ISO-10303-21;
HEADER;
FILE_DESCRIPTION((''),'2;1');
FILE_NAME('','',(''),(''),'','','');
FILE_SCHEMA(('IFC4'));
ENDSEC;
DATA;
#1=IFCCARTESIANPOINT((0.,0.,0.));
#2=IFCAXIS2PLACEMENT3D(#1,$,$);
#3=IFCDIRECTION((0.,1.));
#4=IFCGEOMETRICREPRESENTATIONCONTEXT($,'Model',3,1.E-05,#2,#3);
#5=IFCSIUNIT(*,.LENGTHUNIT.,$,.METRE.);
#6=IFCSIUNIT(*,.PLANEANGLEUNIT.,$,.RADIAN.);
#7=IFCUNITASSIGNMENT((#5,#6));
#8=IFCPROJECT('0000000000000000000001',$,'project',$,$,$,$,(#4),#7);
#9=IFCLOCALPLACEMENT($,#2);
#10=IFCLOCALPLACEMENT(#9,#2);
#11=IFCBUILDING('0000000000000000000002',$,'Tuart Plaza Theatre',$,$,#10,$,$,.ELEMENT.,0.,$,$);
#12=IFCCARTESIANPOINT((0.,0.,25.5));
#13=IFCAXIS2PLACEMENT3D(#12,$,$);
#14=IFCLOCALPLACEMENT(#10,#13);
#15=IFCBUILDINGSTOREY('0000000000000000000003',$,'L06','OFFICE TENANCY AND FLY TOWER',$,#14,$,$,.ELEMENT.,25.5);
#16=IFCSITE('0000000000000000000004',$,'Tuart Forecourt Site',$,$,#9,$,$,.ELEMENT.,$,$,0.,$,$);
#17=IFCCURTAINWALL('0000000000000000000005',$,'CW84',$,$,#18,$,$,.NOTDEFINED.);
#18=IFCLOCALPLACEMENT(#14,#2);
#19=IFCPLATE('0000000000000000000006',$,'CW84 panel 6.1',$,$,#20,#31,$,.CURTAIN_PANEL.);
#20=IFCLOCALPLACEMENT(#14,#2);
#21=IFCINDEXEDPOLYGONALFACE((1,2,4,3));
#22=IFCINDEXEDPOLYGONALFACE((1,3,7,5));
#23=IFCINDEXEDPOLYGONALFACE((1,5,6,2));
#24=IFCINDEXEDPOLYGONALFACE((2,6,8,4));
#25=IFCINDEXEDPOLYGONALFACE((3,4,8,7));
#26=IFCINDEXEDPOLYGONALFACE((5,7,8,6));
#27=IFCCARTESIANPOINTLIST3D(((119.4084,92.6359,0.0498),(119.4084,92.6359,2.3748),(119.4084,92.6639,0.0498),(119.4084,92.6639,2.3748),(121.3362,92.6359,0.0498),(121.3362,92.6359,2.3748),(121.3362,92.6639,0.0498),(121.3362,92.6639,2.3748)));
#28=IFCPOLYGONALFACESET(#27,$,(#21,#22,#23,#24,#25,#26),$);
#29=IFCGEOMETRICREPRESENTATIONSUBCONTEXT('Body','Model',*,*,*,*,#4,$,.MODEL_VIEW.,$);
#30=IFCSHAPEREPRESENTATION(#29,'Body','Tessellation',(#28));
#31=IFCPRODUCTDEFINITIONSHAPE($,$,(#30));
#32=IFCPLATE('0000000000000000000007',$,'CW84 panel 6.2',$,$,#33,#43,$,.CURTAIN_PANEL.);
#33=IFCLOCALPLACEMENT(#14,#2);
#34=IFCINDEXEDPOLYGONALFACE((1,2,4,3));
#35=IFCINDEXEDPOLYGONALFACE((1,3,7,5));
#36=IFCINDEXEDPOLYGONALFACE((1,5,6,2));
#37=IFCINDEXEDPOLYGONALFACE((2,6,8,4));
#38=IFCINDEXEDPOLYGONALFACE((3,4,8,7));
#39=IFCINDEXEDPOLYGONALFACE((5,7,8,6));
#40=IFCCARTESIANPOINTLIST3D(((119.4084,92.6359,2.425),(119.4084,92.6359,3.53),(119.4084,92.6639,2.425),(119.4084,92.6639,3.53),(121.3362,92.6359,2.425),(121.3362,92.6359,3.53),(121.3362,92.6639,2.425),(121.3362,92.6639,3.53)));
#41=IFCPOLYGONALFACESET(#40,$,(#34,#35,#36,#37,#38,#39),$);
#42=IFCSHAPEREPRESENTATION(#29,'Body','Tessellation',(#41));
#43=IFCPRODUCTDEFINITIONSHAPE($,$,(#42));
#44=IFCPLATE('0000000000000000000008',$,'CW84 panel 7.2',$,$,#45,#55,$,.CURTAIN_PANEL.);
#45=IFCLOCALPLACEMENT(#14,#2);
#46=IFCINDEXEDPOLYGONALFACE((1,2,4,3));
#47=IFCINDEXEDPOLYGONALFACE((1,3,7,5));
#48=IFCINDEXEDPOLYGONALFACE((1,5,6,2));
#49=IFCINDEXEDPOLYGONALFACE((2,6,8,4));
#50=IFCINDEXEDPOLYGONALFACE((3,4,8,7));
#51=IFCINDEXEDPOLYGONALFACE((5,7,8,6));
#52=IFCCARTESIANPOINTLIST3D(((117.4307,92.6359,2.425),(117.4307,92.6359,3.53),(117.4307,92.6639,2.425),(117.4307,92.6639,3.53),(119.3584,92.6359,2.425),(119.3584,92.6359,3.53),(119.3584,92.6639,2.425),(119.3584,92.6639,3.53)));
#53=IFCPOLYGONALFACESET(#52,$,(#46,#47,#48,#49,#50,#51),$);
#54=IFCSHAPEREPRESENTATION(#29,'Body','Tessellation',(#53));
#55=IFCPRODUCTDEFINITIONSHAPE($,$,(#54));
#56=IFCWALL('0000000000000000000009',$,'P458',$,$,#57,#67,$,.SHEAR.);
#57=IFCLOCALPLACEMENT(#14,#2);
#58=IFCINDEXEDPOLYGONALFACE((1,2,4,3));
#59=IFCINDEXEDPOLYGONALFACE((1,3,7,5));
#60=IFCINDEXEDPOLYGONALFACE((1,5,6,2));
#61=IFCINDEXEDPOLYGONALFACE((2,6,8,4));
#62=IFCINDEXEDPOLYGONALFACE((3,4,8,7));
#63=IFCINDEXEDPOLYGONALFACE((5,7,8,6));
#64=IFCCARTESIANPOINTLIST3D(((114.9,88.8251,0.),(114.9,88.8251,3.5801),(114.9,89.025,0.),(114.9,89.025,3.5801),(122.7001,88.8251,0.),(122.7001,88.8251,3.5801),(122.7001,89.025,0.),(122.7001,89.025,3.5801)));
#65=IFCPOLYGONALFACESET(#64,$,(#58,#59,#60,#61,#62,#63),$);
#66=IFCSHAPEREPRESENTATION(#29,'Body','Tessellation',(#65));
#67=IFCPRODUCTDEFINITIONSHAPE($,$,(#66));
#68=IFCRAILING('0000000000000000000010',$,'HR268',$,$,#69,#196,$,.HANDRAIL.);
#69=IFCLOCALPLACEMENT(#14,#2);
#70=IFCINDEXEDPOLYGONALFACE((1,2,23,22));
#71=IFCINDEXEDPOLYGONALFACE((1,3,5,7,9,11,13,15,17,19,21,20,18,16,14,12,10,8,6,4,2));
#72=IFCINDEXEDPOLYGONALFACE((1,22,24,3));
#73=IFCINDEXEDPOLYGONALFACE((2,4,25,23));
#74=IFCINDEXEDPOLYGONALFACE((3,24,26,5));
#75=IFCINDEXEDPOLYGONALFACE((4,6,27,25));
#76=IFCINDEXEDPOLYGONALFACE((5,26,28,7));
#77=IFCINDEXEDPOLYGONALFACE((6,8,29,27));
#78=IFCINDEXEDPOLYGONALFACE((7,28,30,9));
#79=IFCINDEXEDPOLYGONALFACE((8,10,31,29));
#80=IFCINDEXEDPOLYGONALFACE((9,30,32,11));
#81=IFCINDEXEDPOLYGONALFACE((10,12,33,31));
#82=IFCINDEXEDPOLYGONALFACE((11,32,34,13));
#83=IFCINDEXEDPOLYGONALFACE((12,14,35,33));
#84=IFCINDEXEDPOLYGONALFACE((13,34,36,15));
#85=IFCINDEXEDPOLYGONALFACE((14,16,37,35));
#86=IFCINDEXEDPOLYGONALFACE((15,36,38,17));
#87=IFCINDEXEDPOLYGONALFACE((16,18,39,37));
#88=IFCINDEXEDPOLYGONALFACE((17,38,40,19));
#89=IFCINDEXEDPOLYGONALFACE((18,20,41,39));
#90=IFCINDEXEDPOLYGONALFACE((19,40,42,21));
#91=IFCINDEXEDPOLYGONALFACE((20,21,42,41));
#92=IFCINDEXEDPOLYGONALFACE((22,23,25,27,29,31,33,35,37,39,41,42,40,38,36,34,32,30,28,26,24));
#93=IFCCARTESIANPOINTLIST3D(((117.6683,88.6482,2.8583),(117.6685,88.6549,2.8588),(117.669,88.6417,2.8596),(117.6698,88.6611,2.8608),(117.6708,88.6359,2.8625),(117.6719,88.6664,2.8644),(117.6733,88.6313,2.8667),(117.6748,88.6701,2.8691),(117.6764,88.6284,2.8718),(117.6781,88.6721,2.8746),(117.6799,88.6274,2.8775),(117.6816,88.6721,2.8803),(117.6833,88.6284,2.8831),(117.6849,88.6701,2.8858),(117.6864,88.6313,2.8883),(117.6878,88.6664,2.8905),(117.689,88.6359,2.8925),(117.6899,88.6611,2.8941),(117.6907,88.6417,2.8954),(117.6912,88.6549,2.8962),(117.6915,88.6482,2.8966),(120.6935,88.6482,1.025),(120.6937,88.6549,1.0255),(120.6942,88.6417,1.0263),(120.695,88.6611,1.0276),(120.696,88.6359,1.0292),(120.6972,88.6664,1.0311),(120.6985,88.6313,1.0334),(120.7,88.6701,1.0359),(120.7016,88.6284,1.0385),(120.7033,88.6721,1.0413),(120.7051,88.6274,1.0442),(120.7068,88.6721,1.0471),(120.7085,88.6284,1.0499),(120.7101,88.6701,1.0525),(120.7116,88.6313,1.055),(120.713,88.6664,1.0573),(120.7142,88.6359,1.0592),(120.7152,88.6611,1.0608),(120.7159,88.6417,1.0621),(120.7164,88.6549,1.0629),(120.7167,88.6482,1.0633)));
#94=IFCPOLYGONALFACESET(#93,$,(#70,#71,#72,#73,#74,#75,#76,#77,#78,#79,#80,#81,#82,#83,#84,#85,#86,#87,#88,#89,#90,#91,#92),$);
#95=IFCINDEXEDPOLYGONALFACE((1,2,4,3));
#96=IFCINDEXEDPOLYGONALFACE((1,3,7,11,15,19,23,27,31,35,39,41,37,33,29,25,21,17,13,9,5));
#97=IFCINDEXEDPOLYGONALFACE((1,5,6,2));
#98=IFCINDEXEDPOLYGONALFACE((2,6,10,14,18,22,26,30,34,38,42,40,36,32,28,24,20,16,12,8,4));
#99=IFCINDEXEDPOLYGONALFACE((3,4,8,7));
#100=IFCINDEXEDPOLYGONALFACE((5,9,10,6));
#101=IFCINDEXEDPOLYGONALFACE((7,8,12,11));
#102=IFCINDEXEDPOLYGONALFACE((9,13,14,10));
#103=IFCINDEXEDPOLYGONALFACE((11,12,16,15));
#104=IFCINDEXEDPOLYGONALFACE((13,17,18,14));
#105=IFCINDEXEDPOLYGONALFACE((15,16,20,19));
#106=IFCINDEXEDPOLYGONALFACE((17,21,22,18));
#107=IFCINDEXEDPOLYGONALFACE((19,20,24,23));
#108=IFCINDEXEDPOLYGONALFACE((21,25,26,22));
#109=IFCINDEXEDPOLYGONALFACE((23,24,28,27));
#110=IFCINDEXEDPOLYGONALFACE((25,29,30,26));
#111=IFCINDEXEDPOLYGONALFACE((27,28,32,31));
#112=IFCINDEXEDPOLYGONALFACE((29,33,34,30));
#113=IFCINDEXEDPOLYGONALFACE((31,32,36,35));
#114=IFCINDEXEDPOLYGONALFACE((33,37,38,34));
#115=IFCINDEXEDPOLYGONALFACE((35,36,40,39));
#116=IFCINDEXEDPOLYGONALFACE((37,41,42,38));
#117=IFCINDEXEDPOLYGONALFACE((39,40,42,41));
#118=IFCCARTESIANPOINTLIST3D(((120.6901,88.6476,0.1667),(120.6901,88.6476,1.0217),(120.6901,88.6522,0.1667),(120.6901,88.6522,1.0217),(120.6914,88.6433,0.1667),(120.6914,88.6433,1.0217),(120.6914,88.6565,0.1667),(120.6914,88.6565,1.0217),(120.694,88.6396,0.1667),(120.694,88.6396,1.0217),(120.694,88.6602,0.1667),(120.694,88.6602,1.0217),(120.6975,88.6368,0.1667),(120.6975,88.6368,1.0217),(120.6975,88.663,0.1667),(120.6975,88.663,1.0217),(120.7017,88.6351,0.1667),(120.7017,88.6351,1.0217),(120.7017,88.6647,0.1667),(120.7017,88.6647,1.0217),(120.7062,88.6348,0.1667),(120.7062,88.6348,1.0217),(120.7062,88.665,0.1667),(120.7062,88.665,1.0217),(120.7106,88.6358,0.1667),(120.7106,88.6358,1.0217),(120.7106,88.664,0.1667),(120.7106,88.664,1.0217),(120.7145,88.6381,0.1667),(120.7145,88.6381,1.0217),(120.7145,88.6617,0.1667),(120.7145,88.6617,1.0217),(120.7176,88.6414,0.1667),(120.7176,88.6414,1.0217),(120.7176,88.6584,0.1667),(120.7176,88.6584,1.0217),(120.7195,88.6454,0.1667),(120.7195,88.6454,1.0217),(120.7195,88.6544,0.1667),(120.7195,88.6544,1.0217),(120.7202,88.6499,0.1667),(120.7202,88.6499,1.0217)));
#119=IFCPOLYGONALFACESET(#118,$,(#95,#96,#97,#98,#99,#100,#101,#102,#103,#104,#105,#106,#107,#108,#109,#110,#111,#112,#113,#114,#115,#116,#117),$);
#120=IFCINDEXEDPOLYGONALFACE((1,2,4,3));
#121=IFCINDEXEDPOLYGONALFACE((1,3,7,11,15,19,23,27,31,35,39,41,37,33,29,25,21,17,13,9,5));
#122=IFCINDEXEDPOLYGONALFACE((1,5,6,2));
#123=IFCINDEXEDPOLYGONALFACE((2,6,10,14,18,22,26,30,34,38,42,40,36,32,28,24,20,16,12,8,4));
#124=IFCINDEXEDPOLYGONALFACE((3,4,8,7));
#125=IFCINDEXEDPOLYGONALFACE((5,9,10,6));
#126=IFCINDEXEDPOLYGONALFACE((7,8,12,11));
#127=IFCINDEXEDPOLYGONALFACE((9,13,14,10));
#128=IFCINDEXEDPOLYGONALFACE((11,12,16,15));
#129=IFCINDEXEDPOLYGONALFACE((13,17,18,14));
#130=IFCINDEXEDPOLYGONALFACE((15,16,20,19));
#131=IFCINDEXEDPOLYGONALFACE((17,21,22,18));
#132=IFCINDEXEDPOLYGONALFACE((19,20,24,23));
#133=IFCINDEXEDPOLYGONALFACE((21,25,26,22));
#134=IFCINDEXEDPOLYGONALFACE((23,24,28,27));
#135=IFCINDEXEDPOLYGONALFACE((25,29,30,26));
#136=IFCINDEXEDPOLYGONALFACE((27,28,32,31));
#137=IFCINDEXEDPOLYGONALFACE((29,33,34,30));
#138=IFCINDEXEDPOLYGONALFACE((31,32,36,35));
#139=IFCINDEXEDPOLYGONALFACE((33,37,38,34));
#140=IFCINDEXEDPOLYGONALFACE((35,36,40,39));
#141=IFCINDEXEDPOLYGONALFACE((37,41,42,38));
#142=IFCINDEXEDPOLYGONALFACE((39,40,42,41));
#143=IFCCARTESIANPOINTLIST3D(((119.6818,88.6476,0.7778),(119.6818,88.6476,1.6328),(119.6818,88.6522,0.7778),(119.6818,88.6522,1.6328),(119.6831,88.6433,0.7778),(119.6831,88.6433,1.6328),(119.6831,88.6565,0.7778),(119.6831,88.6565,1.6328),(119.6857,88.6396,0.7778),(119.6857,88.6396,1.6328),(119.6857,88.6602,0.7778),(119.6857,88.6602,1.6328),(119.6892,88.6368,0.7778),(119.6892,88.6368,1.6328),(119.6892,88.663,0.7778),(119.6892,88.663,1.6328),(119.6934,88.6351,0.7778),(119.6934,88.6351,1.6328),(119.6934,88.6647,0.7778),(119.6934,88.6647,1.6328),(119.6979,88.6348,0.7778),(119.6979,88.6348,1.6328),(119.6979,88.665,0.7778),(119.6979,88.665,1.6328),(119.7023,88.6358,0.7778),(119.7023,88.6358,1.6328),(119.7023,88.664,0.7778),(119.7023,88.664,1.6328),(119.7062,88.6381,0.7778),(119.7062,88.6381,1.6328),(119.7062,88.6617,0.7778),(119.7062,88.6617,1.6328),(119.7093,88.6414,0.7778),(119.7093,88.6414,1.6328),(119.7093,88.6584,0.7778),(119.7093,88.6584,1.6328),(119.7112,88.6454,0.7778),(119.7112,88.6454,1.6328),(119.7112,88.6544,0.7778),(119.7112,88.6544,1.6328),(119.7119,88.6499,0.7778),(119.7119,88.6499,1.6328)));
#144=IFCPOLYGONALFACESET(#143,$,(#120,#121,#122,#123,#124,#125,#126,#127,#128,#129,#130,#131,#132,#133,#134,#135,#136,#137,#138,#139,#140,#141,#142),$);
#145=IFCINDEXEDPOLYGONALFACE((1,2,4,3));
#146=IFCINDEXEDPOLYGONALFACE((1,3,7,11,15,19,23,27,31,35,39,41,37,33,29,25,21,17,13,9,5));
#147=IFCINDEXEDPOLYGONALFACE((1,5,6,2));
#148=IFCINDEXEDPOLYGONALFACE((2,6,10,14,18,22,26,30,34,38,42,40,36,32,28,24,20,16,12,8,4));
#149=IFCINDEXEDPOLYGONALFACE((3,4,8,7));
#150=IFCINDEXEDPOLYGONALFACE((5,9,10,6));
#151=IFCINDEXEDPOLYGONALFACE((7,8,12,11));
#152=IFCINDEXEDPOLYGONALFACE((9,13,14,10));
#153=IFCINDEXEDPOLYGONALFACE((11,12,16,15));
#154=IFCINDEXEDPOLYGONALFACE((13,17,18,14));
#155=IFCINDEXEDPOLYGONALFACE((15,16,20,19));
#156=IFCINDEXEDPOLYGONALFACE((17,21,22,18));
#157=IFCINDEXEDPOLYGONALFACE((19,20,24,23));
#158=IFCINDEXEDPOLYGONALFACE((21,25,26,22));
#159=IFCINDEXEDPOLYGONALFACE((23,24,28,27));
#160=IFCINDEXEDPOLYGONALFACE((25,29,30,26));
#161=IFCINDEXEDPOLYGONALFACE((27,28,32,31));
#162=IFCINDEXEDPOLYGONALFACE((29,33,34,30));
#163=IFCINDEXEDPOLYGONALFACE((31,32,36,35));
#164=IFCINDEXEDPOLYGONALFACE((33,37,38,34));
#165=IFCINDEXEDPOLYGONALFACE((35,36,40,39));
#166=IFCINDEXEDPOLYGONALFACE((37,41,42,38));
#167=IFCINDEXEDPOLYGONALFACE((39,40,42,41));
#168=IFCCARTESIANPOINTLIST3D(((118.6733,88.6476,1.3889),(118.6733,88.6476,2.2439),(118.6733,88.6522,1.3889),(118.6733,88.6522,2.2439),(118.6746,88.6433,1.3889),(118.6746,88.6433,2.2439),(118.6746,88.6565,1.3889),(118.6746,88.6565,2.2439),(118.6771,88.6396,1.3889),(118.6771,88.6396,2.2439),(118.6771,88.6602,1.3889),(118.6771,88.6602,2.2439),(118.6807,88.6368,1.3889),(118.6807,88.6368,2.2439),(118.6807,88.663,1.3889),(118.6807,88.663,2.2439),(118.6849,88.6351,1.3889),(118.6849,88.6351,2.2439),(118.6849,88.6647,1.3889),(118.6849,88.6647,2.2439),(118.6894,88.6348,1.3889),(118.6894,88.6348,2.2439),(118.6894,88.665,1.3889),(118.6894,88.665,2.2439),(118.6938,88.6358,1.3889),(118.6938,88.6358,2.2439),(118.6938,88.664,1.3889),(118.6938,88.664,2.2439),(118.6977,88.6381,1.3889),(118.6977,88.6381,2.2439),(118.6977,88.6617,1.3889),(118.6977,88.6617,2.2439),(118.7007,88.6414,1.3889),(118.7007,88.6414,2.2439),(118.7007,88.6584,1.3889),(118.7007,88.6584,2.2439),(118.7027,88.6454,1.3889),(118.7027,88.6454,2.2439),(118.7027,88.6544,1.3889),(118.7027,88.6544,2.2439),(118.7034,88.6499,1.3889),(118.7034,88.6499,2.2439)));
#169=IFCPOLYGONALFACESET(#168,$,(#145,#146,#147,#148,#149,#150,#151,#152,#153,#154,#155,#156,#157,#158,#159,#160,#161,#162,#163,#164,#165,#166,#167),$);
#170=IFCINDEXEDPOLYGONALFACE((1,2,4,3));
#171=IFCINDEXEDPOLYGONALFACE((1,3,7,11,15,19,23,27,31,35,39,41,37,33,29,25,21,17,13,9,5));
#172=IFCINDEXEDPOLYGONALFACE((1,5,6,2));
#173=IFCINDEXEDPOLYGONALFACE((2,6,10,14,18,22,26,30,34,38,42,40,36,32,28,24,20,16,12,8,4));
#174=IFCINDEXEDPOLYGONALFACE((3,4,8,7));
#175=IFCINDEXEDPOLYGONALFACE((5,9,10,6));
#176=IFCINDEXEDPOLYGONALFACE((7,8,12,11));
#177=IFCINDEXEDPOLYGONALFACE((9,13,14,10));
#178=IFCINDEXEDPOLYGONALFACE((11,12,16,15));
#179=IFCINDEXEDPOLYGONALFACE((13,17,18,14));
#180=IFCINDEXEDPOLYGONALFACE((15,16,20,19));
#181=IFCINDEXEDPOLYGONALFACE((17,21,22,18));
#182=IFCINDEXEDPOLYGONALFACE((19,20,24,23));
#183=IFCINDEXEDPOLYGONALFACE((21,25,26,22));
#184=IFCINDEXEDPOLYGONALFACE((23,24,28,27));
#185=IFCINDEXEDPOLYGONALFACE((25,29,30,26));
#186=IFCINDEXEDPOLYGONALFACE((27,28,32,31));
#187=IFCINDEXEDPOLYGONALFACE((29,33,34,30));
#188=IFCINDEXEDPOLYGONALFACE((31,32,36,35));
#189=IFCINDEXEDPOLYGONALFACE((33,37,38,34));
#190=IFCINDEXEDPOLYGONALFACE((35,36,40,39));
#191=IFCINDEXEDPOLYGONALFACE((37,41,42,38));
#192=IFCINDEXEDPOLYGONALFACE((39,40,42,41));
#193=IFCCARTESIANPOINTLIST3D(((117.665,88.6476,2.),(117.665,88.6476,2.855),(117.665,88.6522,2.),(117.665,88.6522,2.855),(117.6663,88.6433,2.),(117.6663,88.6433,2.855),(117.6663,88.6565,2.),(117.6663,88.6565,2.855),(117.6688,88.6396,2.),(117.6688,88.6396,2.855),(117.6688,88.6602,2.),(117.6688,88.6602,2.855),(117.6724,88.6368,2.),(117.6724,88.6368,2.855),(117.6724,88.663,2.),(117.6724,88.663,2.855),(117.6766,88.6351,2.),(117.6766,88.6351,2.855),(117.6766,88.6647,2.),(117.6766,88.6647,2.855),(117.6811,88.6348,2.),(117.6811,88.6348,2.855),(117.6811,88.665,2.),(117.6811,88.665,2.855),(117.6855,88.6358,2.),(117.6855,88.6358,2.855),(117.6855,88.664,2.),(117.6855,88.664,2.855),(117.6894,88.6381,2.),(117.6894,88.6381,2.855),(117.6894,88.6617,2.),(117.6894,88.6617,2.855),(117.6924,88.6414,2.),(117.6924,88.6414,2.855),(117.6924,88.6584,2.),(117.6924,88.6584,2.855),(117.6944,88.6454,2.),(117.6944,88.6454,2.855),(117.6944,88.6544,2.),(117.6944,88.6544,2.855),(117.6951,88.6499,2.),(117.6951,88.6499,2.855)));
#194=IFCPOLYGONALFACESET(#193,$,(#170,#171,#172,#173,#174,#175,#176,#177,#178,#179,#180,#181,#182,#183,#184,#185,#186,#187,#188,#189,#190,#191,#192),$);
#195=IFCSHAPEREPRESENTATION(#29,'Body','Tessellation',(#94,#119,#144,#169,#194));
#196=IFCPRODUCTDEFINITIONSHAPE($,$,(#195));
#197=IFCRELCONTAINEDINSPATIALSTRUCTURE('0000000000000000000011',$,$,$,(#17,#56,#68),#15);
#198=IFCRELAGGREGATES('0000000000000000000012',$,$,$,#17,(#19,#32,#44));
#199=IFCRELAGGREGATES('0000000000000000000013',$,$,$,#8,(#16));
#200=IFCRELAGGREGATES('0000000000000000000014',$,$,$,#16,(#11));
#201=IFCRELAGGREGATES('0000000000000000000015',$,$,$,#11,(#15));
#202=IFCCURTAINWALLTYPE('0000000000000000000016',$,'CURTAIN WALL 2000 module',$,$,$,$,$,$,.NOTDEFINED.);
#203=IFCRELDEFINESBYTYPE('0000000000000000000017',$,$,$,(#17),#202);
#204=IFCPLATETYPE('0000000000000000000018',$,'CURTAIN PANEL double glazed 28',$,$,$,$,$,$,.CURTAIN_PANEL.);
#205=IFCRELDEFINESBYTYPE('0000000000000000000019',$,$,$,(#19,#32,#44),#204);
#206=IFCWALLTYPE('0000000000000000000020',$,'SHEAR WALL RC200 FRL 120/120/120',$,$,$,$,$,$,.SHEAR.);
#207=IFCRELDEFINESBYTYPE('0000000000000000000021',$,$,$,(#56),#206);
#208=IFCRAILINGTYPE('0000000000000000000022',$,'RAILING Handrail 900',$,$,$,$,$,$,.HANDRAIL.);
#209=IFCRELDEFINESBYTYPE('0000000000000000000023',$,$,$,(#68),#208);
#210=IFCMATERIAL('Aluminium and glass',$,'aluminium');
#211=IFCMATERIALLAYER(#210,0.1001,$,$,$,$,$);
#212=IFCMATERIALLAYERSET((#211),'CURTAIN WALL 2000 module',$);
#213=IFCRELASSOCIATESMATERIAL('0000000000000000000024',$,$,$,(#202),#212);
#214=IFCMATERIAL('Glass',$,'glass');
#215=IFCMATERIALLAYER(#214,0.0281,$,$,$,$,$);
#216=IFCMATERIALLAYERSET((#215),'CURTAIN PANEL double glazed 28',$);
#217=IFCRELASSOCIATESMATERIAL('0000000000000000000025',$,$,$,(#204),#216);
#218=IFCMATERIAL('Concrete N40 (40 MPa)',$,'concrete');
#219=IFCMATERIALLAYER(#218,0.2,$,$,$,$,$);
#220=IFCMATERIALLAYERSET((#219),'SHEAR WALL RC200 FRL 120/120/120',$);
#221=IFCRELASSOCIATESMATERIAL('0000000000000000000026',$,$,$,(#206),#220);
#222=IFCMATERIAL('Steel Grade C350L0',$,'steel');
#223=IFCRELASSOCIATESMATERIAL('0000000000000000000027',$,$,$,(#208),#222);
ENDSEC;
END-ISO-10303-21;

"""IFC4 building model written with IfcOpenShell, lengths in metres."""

from ifc_helpers import new_model, si_unit, direction, frame, frame_2d, origin, origin_2d, place, context, subcontext, project, spatial, rectangle, circle, extrude, material, layer, layer_set, type_object, element, aggregate, save


model = new_model("IFC4")

# Units and contexts
model_context = context("Model", 3, precision=1e-05, world=origin(), true_north=direction((0.0, 1.0)))
body_context = subcontext(model_context, "Body", "Model", "MODEL_VIEW")
ifc_project = project(units=[si_unit("LENGTHUNIT", "METRE"), si_unit("PLANEANGLEUNIT", "RADIAN")], contexts=[model_context])

# Site, building, storey
site_placement = place(None, origin())
site = spatial("IfcSite", under=ifc_project, at=site_placement, Name="Tuart Forecourt Site", CompositionType="ELEMENT", RefElevation=0.0)
building_placement = place(site_placement, origin())
building = spatial("IfcBuilding", under=site, at=building_placement, Name="Tuart Plaza Theatre", CompositionType="ELEMENT", ElevationOfRefHeight=0.0)
storey_placement = place(building_placement, frame((0.0, 0.0, 25.5)))
storey = spatial("IfcBuildingStorey", under=building, at=storey_placement, Name="L06", Description="OFFICE TENANCY AND FLY TOWER", CompositionType="ELEMENT", Elevation=25.5)

# Curtain wall, plates
ifc_material_1 = material(Name="Aluminium and glass", Category="aluminium")
ifc_layer_1 = layer(ifc_material_1, 0.1001)
ifc_layer_set_1 = layer_set([ifc_layer_1], Name="CURTAIN WALL 2000 module")
curtain_wall_type = type_object("IfcCurtainWallType", Name="CURTAIN WALL 2000 module", PredefinedType="NOTDEFINED", material=ifc_layer_set_1)
curtain_wall_placement = place(storey_placement, origin())
curtain_wall = element("IfcCurtainWall", 1, at=curtain_wall_placement, inside=storey, type_object=curtain_wall_type, Name="CW84", PredefinedType="NOTDEFINED")
ifc_material_2 = material(Name="Glass", Category="glass")
ifc_layer_2 = layer(ifc_material_2, 0.0281)
ifc_layer_set_2 = layer_set([ifc_layer_2], Name="CURTAIN PANEL double glazed 28")
plate_type = type_object("IfcPlateType", Name="CURTAIN PANEL double glazed 28", PredefinedType="CURTAIN_PANEL", material=ifc_layer_set_2)
plate_1_placement = place(storey_placement, frame((120.3723, 92.6499, 0.0498), z_axis=(0.0, 0.0, 1.0), x_axis=(-1.0, 0.0, 0.0)))
plate_1 = element("IfcPlate", 2, at=plate_1_placement, type_object=plate_type, Name="CW84 panel 6.1", PredefinedType="CURTAIN_PANEL", context=body_context, shape_type="SweptSolid", body=[
    extrude(rectangle(XDim=1.9277, YDim=0.0281, at=origin_2d()), origin(), (0.0, 0.0, 1.0), 2.325),
])
plate_2_placement = place(storey_placement, frame((120.3723, 92.6499, 2.425), z_axis=(0.0, 0.0, 1.0), x_axis=(-1.0, 0.0, 0.0)))
plate_2 = element("IfcPlate", 3, at=plate_2_placement, type_object=plate_type, Name="CW84 panel 6.2", PredefinedType="CURTAIN_PANEL", context=body_context, shape_type="SweptSolid", body=[
    extrude(rectangle(XDim=1.9277, YDim=0.0281, at=origin_2d()), origin(), (0.0, 0.0, 1.0), 1.105),
])
plate_3_placement = place(storey_placement, frame((118.3945, 92.6499, 2.425), z_axis=(0.0, 0.0, 1.0), x_axis=(-1.0, 0.0, 0.0)))
plate_3 = element("IfcPlate", 4, at=plate_3_placement, type_object=plate_type, Name="CW84 panel 7.2", PredefinedType="CURTAIN_PANEL", context=body_context, shape_type="SweptSolid", body=[
    extrude(rectangle(XDim=1.9277, YDim=0.0281, at=origin_2d()), origin(), (0.0, 0.0, 1.0), 1.105),
])
aggregate(curtain_wall, [plate_1, plate_2, plate_3])

# Wall
ifc_material_3 = material(Name="Concrete N40 (40 MPa)", Category="concrete")
ifc_layer_3 = layer(ifc_material_3, 0.2)
ifc_layer_set_3 = layer_set([ifc_layer_3], Name="SHEAR WALL RC200 FRL 120/120/120")
wall_type = type_object("IfcWallType", Name="SHEAR WALL RC200 FRL 120/120/120", PredefinedType="SHEAR", material=ifc_layer_set_3)
wall_placement = place(storey_placement, frame((122.7, 88.925, 0.0), z_axis=(0.0, 0.0, 1.0), x_axis=(-1.0, 0.0, 0.0)))
element("IfcWall", 5, at=wall_placement, inside=storey, type_object=wall_type, Name="P458", PredefinedType="SHEAR", context=body_context, shape_type="SweptSolid", body=[
    extrude(rectangle(XDim=7.8, YDim=0.2, at=frame_2d((3.8999, 0.0))), origin(), (0.0, 0.0, 1.0), 3.5801),
])

# Railing
ifc_material_4 = material(Name="Steel Grade C350L0", Category="steel")
railing_type_1 = type_object("IfcRailingType", Name="RAILING Handrail 900", PredefinedType="HANDRAIL", material=ifc_material_4)
railing_1_placement = place(storey_placement, frame((120.7051, 88.6499, 0.1667)))
element("IfcRailing", 6, at=railing_1_placement, inside=storey, type_object=railing_type_1, Name="HR268", PredefinedType="HANDRAIL", context=body_context, shape_type="SweptSolid", body=[
    extrude(circle(Radius=0.0225, at=origin_2d()), frame((0.0, 0.0, 0.8774), z_axis=(-0.855219, 0.0, 0.518267), x_axis=(0.0, -1.0, 0.0)), (0.0, 0.0, 1.0), 3.5374),
    extrude(circle(Radius=0.0151, at=origin_2d()), origin(), (0.0, 0.0, 1.0), 0.855),
    extrude(circle(Radius=0.0151, at=origin_2d()), frame((-1.0083, 0.0, 0.6111)), (0.0, 0.0, 1.0), 0.855),
    extrude(circle(Radius=0.0151, at=origin_2d()), frame((-2.0168, 0.0, 1.2222)), (0.0, 0.0, 1.0), 0.855),
    extrude(circle(Radius=0.0151, at=origin_2d()), frame((-3.0251, 0.0, 1.8333)), (0.0, 0.0, 1.0), 0.855),
])

save(model, "model.ifc")
